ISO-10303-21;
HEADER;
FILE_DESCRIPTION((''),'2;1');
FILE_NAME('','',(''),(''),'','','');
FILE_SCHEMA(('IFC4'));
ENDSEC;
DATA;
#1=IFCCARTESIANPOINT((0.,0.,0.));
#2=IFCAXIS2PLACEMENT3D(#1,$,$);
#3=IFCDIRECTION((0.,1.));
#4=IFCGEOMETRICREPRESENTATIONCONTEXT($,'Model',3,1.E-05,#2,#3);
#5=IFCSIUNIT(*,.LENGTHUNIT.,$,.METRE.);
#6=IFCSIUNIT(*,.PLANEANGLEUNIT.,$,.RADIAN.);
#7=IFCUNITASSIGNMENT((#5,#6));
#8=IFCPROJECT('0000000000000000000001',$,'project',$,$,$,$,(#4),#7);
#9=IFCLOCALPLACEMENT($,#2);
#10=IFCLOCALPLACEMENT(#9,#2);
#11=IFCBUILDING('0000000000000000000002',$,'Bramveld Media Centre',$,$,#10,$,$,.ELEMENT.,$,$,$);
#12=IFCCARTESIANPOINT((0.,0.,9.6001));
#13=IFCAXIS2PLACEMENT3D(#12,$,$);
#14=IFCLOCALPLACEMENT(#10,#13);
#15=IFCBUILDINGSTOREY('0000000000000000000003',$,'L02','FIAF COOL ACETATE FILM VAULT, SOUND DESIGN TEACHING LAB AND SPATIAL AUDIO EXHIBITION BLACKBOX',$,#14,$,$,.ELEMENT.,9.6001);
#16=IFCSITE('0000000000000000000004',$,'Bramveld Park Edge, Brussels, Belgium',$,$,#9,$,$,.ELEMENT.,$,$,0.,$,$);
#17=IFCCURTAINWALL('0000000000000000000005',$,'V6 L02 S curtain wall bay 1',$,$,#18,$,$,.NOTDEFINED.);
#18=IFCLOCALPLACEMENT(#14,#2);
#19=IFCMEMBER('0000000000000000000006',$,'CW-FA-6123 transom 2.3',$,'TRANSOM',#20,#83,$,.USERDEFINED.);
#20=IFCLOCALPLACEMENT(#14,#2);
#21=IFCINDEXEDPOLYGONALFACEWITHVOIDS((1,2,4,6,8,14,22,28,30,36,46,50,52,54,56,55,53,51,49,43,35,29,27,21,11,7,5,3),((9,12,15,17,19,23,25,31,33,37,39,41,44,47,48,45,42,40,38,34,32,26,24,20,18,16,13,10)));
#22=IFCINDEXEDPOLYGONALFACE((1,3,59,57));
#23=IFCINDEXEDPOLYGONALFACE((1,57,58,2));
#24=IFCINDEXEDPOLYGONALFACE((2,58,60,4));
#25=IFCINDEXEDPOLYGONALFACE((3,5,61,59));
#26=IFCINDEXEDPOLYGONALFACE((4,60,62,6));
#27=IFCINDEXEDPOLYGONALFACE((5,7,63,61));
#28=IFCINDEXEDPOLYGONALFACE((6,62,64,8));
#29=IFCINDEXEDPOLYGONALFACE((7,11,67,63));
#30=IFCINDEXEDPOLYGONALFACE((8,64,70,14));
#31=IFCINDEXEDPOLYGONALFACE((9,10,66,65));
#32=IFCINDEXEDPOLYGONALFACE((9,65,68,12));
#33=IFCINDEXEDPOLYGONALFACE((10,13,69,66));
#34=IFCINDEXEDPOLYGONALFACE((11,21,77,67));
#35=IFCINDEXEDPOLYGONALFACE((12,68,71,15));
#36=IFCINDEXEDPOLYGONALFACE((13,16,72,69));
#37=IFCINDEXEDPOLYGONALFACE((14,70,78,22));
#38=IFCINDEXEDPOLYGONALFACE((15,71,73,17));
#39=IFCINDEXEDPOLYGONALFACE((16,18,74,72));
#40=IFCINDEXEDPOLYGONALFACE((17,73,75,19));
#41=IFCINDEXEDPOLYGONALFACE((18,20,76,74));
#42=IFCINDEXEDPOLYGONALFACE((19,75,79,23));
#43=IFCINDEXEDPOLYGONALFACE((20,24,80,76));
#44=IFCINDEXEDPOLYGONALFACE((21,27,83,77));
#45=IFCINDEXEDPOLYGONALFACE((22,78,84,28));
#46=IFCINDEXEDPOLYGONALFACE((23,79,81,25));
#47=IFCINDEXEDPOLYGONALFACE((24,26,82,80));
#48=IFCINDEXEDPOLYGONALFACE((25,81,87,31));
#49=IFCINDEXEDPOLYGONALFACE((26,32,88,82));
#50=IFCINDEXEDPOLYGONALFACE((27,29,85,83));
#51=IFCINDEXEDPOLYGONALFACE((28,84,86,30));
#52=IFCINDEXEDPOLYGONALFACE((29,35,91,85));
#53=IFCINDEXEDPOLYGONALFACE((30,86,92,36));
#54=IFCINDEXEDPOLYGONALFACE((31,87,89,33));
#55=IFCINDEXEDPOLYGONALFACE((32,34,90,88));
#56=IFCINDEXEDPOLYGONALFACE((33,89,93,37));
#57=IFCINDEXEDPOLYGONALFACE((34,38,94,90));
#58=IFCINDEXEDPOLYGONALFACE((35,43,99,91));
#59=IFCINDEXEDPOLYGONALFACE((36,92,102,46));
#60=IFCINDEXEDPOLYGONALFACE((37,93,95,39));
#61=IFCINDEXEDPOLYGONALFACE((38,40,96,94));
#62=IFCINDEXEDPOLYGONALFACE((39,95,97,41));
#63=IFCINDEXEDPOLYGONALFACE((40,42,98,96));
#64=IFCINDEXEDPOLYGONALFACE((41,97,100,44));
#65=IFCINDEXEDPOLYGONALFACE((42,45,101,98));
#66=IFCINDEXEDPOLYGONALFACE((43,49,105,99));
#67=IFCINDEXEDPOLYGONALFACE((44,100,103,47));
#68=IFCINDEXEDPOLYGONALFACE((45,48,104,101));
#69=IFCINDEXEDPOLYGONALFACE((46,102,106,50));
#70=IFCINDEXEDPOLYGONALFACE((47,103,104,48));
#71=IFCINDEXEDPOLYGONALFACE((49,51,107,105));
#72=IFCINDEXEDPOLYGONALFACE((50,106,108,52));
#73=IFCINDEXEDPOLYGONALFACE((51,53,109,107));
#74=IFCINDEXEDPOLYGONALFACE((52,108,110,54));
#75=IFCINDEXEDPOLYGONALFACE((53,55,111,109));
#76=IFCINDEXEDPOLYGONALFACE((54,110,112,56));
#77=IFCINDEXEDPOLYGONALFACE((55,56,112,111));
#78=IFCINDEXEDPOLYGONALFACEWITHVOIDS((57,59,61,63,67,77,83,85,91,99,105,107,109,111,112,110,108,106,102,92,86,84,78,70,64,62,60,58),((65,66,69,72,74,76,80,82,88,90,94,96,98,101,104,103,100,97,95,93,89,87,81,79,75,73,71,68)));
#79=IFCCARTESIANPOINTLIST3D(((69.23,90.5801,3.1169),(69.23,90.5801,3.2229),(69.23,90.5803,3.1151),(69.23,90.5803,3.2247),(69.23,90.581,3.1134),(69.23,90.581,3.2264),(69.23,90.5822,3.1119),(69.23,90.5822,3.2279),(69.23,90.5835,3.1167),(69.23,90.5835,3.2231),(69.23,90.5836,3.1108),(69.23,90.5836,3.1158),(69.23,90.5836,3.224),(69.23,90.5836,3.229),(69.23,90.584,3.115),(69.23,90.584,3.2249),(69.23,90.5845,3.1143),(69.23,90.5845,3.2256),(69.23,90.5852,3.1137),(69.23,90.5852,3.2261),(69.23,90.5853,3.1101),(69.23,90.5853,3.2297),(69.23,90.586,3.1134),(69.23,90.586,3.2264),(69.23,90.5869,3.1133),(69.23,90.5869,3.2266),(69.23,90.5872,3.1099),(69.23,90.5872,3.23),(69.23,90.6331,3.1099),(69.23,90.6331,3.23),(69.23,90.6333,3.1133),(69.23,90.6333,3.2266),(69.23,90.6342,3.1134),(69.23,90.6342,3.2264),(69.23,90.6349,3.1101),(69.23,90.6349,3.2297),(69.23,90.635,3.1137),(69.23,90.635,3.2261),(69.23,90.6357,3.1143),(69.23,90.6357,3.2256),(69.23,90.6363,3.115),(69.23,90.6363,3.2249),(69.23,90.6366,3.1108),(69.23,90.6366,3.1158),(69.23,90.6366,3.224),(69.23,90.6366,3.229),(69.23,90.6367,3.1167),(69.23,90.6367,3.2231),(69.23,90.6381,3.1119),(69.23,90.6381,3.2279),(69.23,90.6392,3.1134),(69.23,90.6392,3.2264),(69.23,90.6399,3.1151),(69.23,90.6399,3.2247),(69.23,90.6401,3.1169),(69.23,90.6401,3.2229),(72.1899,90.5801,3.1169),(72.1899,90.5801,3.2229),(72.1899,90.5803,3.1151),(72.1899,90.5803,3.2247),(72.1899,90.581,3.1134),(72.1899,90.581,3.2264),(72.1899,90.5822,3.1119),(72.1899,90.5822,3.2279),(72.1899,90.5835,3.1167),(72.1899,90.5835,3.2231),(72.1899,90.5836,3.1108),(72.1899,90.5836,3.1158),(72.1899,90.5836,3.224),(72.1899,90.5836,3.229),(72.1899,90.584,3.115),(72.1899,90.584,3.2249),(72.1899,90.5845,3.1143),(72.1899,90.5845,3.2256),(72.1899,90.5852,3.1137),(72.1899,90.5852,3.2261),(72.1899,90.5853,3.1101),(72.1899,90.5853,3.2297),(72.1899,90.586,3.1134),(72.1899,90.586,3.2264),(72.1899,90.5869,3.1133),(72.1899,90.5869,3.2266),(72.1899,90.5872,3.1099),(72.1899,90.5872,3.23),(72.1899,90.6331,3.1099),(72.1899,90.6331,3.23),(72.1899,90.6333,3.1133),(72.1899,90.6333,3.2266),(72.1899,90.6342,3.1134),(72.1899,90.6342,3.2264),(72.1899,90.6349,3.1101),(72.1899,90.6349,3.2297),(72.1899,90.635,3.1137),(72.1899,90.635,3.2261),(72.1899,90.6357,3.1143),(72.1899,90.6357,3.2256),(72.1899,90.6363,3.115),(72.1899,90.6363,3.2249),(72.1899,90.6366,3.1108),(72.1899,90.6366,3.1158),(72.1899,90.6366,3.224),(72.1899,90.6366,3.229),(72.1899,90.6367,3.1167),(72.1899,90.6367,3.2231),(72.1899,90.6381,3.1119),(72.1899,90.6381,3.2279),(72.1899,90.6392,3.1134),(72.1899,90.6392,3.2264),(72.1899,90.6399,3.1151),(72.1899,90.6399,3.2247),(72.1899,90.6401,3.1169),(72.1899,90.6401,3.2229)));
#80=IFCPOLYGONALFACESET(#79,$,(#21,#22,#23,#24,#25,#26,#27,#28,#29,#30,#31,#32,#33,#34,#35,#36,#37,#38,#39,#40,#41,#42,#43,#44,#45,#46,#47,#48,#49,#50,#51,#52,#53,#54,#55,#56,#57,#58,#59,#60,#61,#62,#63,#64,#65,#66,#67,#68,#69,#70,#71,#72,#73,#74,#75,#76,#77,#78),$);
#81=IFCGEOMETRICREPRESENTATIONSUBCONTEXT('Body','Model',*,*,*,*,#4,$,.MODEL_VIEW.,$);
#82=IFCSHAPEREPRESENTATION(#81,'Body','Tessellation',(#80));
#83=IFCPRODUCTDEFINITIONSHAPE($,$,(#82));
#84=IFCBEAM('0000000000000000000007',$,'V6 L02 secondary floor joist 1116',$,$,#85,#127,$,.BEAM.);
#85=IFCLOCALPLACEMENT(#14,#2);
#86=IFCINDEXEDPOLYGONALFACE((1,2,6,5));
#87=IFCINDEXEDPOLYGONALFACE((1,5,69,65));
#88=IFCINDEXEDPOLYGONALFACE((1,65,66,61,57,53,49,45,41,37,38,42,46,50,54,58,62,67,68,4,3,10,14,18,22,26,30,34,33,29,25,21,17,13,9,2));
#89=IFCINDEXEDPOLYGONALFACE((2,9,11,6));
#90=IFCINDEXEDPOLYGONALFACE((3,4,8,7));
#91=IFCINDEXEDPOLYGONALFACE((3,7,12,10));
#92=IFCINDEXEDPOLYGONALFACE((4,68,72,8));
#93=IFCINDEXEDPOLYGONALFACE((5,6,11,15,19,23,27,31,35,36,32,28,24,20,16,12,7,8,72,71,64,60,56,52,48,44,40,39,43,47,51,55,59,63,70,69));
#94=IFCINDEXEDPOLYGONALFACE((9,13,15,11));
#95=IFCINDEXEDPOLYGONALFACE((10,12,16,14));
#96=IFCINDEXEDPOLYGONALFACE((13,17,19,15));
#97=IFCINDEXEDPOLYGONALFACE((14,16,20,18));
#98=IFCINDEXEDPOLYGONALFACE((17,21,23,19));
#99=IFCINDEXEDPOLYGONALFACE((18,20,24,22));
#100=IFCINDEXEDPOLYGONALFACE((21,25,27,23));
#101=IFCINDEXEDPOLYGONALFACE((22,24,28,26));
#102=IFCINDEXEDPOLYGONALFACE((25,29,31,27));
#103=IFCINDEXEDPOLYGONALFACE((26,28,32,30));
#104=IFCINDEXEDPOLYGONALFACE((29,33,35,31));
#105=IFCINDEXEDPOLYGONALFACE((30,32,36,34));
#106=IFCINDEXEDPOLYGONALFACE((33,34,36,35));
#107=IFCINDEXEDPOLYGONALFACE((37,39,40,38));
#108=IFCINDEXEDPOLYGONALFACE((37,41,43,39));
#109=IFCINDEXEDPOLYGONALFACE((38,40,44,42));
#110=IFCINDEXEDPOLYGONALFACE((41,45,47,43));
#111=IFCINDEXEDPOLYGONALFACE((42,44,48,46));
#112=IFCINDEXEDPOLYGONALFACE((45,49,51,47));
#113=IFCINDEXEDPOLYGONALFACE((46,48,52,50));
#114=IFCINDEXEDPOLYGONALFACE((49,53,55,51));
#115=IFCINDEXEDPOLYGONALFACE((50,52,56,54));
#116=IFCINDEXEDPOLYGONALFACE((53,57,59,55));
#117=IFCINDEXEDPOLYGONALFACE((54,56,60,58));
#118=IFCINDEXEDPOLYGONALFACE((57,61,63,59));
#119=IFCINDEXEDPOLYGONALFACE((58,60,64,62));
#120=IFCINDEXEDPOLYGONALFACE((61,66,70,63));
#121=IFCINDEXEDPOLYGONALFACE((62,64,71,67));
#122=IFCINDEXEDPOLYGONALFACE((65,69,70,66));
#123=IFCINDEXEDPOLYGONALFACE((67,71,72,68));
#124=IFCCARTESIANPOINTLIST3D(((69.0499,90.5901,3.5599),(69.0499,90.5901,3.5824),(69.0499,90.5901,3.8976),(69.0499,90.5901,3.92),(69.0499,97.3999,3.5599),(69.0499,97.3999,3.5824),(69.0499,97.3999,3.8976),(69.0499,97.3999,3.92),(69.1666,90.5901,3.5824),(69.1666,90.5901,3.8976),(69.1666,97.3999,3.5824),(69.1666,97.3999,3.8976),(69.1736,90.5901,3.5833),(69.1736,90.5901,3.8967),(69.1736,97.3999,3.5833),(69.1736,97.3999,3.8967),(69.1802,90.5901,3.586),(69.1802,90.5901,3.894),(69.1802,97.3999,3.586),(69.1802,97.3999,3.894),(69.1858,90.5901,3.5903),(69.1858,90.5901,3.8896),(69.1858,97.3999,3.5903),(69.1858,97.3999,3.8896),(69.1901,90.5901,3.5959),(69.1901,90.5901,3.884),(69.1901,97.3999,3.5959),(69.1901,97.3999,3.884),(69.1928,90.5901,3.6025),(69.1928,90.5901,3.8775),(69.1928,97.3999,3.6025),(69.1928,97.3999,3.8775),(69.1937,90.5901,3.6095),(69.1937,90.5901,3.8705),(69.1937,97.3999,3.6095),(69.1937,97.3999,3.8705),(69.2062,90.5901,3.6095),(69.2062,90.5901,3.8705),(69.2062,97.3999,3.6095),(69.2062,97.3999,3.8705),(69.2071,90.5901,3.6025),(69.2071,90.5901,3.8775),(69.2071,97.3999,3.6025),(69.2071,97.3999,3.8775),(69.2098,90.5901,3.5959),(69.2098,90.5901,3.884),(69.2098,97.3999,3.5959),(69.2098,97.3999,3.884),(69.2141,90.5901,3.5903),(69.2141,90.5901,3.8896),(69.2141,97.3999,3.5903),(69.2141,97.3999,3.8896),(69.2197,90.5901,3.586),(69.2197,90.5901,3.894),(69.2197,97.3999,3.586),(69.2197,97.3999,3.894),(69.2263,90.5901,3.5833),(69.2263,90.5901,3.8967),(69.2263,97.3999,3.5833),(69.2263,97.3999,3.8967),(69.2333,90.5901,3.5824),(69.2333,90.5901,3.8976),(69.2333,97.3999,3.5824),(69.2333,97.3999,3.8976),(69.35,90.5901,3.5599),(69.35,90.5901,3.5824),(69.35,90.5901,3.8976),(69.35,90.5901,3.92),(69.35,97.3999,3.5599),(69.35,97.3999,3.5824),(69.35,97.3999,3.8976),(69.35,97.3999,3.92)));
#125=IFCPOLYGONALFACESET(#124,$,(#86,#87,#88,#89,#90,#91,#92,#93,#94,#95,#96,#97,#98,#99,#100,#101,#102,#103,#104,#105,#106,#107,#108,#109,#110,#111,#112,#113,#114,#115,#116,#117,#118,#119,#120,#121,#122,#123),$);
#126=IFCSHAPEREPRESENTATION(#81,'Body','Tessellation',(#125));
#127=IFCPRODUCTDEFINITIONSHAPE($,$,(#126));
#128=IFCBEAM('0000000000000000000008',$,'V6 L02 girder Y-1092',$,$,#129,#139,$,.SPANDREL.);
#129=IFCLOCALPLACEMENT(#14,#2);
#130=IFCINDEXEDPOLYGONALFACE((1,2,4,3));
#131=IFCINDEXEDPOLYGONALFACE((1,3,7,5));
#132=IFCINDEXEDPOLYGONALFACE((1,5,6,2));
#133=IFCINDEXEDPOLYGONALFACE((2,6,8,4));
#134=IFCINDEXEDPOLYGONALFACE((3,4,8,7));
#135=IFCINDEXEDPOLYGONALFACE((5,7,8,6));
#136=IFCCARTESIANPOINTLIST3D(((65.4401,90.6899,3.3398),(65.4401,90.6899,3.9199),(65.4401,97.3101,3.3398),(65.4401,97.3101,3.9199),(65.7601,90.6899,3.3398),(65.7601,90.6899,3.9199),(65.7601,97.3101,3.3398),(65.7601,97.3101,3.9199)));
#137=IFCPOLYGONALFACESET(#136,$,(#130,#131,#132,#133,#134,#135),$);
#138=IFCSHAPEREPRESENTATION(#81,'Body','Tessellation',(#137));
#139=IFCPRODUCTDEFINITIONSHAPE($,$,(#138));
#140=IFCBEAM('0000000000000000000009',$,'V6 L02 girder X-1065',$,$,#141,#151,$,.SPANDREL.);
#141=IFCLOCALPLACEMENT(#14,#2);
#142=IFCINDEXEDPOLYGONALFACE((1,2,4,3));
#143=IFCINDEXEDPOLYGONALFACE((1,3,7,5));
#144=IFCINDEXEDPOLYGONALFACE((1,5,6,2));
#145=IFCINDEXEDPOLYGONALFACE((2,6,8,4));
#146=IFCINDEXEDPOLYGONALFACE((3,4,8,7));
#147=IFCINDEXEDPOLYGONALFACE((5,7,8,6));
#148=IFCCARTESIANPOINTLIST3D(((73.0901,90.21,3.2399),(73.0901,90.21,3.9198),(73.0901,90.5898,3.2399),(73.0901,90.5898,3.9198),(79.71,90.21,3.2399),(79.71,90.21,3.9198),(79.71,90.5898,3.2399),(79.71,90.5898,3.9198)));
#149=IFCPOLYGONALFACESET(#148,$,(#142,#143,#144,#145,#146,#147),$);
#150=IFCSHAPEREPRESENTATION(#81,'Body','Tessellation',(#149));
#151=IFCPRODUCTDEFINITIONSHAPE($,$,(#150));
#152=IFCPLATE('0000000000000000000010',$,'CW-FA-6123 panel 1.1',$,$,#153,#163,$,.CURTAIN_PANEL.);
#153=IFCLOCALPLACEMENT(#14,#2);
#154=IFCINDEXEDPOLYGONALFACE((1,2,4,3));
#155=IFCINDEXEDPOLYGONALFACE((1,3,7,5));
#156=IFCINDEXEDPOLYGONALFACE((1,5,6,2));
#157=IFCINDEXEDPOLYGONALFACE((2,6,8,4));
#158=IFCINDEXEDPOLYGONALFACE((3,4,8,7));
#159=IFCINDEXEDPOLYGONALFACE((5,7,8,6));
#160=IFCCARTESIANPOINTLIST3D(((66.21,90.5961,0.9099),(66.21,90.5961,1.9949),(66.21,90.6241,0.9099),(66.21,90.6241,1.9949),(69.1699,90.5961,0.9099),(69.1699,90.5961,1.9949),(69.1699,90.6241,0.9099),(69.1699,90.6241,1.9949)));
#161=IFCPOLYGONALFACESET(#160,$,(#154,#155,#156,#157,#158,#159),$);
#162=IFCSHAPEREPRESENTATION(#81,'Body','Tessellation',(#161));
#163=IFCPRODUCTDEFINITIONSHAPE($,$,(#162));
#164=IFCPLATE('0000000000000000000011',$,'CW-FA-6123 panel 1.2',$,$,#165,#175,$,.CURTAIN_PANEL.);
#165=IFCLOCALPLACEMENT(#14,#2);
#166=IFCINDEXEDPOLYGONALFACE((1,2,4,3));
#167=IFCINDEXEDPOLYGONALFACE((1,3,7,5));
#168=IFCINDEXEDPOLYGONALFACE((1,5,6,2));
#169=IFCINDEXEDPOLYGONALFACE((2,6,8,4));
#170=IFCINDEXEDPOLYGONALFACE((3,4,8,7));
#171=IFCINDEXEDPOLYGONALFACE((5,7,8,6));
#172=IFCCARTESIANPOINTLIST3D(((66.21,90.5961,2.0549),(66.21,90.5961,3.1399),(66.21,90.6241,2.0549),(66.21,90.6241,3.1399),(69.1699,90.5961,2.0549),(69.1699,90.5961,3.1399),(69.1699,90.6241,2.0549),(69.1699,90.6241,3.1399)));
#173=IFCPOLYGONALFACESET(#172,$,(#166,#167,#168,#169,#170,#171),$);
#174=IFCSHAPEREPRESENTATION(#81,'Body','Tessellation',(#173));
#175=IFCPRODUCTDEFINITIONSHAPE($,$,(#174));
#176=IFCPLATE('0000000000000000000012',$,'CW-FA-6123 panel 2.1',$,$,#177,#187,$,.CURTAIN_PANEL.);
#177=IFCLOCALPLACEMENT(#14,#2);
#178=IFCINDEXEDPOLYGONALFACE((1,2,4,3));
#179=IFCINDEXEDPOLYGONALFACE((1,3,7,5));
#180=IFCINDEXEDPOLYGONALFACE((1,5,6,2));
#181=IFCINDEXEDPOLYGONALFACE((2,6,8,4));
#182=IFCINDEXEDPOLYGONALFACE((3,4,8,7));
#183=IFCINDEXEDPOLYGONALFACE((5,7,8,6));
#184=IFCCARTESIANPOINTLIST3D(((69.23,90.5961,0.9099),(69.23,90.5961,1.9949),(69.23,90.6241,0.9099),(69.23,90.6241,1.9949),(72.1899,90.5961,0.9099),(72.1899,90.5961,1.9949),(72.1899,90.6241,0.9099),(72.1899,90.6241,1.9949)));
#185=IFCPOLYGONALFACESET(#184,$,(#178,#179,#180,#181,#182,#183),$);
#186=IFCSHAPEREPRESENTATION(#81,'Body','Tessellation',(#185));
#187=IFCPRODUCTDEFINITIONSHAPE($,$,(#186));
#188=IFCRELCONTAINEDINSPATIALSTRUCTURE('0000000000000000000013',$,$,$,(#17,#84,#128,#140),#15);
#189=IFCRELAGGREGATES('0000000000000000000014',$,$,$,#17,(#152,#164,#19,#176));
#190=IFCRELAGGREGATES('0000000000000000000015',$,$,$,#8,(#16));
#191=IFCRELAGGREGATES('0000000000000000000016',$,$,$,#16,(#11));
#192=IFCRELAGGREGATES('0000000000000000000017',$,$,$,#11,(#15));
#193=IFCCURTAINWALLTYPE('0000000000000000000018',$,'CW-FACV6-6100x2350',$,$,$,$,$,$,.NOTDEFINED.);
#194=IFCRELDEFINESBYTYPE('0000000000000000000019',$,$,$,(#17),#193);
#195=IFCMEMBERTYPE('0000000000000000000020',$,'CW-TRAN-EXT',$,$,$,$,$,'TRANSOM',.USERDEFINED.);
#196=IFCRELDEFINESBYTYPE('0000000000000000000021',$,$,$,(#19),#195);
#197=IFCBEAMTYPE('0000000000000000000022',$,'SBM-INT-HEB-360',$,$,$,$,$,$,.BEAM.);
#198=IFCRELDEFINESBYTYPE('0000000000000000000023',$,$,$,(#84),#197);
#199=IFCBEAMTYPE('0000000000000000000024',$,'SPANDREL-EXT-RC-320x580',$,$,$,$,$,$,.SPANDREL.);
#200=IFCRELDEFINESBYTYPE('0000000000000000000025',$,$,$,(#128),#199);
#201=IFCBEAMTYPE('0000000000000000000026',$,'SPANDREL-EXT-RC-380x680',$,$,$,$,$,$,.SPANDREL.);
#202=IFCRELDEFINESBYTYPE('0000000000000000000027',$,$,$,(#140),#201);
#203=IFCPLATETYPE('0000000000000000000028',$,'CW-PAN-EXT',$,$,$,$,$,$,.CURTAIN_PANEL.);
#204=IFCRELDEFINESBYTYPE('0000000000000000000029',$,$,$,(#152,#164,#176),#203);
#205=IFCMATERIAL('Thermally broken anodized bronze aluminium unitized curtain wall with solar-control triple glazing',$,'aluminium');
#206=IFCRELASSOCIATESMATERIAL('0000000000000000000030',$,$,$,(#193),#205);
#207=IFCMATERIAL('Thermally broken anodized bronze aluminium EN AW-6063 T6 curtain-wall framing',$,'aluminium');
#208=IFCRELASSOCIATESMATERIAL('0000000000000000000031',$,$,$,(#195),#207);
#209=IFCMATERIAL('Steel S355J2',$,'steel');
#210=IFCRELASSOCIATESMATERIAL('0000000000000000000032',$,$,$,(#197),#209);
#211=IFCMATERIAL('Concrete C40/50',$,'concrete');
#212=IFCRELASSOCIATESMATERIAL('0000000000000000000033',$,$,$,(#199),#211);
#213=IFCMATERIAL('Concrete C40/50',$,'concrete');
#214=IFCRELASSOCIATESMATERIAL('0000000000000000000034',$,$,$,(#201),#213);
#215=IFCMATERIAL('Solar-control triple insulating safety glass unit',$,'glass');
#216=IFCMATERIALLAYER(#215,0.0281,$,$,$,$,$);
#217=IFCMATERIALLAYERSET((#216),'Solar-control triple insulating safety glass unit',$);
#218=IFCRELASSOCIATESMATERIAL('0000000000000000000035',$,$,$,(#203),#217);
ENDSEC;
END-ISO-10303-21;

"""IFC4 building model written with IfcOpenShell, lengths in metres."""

from ifc_helpers import new_model, si_unit, direction, frame, origin, origin_2d, place, context, subcontext, project, spatial, rectangle, hollow_rectangle, i_section, extrude, material, layer, layer_set, material_profile, profile_set, type_object, element, aggregate, save


model = new_model("IFC4")

# Units and contexts
model_context = context("Model", 3, precision=1e-05, world=origin(), true_north=direction((0.0, 1.0)))
body_context = subcontext(model_context, "Body", "Model", "MODEL_VIEW")
ifc_project = project(units=[si_unit("LENGTHUNIT", "METRE"), si_unit("PLANEANGLEUNIT", "RADIAN")], contexts=[model_context])

# Site, building, storey
site_placement = place(None, origin())
site = spatial("IfcSite", under=ifc_project, at=site_placement, Name="Bramveld Park Edge, Brussels, Belgium", CompositionType="ELEMENT", RefElevation=0.0)
building_placement = place(site_placement, origin())
building = spatial("IfcBuilding", under=site, at=building_placement, Name="Bramveld Media Centre", CompositionType="ELEMENT")
storey_placement = place(building_placement, frame((0.0, 0.0, 9.6001)))
storey = spatial("IfcBuildingStorey", under=building, at=storey_placement, Name="L02", Description="FIAF COOL ACETATE FILM VAULT, SOUND DESIGN TEACHING LAB AND SPATIAL AUDIO EXHIBITION BLACKBOX", CompositionType="ELEMENT", Elevation=9.6001)

# Curtain wall, member
ifc_material_1 = material(Name="Thermally broken anodized bronze aluminium unitized curtain wall with solar-control triple glazing", Category="aluminium")
curtain_wall_type = type_object("IfcCurtainWallType", Name="CW-FACV6-6100x2350", PredefinedType="NOTDEFINED", material=ifc_material_1)
curtain_wall_placement = place(storey_placement, origin())
curtain_wall = element("IfcCurtainWall", 1, at=curtain_wall_placement, inside=storey, type_object=curtain_wall_type, Name="V6 L02 S curtain wall bay 1", PredefinedType="NOTDEFINED")
ifc_material_2 = material(Name="Thermally broken anodized bronze aluminium EN AW-6063 T6 curtain-wall framing", Category="aluminium")
ifc_material_profile_1 = material_profile(ifc_material_2, hollow_rectangle(XDim=0.0601, YDim=0.1201, WallThickness=0.0034, InnerFilletRadius=0.0034, OuterFilletRadius=0.0071, at=origin_2d()), Name="AL-TRAN 60x120")
ifc_profile_set_1 = profile_set([ifc_material_profile_1], Name="Thermally broken anodized bronze aluminium EN AW-6063 T6 curtain-wall framing")
member_type_1 = type_object("IfcMemberType", Name="CW-TRAN-EXT", ElementType="TRANSOM", PredefinedType="USERDEFINED", material=ifc_profile_set_1)
member_1_placement = place(storey_placement, frame((69.23, 90.6101, 3.1699), z_axis=(1.0, 0.0, 0.0), x_axis=(0.0, 1.0, 0.0)))
member_1 = element("IfcMember", 2, at=member_1_placement, type_object=member_type_1, Name="CW-FA-6123 transom 2.3", ObjectType="TRANSOM", PredefinedType="USERDEFINED", context=body_context, shape_type="SweptSolid", body=[
    extrude(hollow_rectangle(XDim=0.0601, YDim=0.1201, WallThickness=0.0034, InnerFilletRadius=0.0034, OuterFilletRadius=0.0071, at=origin_2d()), origin(), (0.0, 0.0, 1.0), 2.96),
])

# Beams
ifc_material_3 = material(Name="Steel S355J2", Category="steel")
ifc_material_profile_2 = material_profile(ifc_material_3, i_section(OverallWidth=0.3, OverallDepth=0.3601, WebThickness=0.0125, FlangeThickness=0.0225, FilletRadius=0.0271, at=origin_2d()), Name="HEB 360")
ifc_profile_set_2 = profile_set([ifc_material_profile_2], Name="Steel S355J2")
beam_type_1 = type_object("IfcBeamType", Name="SBM-INT-HEB-360", PredefinedType="BEAM", material=ifc_profile_set_2)
beam_1_placement = place(storey_placement, frame((69.2, 90.5901, 3.74), z_axis=(0.0, 1.0, 0.0), x_axis=(-1.0, 0.0, 0.0)))
element("IfcBeam", 3, at=beam_1_placement, inside=storey, type_object=beam_type_1, Name="V6 L02 secondary floor joist 1116", PredefinedType="BEAM", context=body_context, shape_type="SweptSolid", body=[
    extrude(i_section(OverallWidth=0.3, OverallDepth=0.3601, WebThickness=0.0125, FlangeThickness=0.0225, FilletRadius=0.0271, at=origin_2d()), origin(), (0.0, 0.0, 1.0), 6.8098),
])
ifc_material_4 = material(Name="Concrete C40/50", Category="concrete")
ifc_material_profile_3 = material_profile(ifc_material_4, rectangle(XDim=0.3201, YDim=0.5801, at=origin_2d()), Name="RC 320x580")
ifc_profile_set_3 = profile_set([ifc_material_profile_3], Name="Concrete C40/50")
beam_type_2 = type_object("IfcBeamType", Name="SPANDREL-EXT-RC-320x580", PredefinedType="SPANDREL", material=ifc_profile_set_3)
beam_2_placement = place(storey_placement, frame((65.6001, 90.6899, 3.6299), z_axis=(0.0, 1.0, 0.0), x_axis=(-1.0, 0.0, 0.0)))
element("IfcBeam", 4, at=beam_2_placement, inside=storey, type_object=beam_type_2, Name="V6 L02 girder Y-1092", PredefinedType="SPANDREL", context=body_context, shape_type="SweptSolid", body=[
    extrude(rectangle(XDim=0.3201, YDim=0.5801, at=origin_2d()), origin(), (0.0, 0.0, 1.0), 6.6201),
])
ifc_material_5 = material(Name="Concrete C40/50", Category="concrete")
ifc_material_profile_4 = material_profile(ifc_material_5, rectangle(XDim=0.3799, YDim=0.6799, at=origin_2d()), Name="RC 380x680")
ifc_profile_set_4 = profile_set([ifc_material_profile_4], Name="Concrete C40/50")
beam_type_3 = type_object("IfcBeamType", Name="SPANDREL-EXT-RC-380x680", PredefinedType="SPANDREL", material=ifc_profile_set_4)
beam_3_placement = place(storey_placement, frame((73.0901, 90.3999, 3.5798), z_axis=(1.0, 0.0, 0.0), x_axis=(0.0, 1.0, 0.0)))
element("IfcBeam", 5, at=beam_3_placement, inside=storey, type_object=beam_type_3, Name="V6 L02 girder X-1065", PredefinedType="SPANDREL", context=body_context, shape_type="SweptSolid", body=[
    extrude(rectangle(XDim=0.3799, YDim=0.6799, at=origin_2d()), origin(), (0.0, 0.0, 1.0), 6.6199),
])

# Plates
ifc_material_6 = material(Name="Solar-control triple insulating safety glass unit", Category="glass")
ifc_layer = layer(ifc_material_6, 0.0281)
ifc_layer_set = layer_set([ifc_layer], Name="Solar-control triple insulating safety glass unit")
plate_type = type_object("IfcPlateType", Name="CW-PAN-EXT", PredefinedType="CURTAIN_PANEL", material=ifc_layer_set)
plate_1_placement = place(storey_placement, frame((67.6899, 90.6101, 0.9099), z_axis=(0.0, 0.0, 1.0), x_axis=(1.0, 0.0, 0.0)))
plate_1 = element("IfcPlate", 6, at=plate_1_placement, type_object=plate_type, Name="CW-FA-6123 panel 1.1", PredefinedType="CURTAIN_PANEL", context=body_context, shape_type="SweptSolid", body=[
    extrude(rectangle(XDim=2.96, YDim=0.0281, at=origin_2d()), origin(), (0.0, 0.0, 1.0), 1.085),
])
plate_2_placement = place(storey_placement, frame((67.6899, 90.6101, 2.0549), z_axis=(0.0, 0.0, 1.0), x_axis=(1.0, 0.0, 0.0)))
plate_2 = element("IfcPlate", 7, at=plate_2_placement, type_object=plate_type, Name="CW-FA-6123 panel 1.2", PredefinedType="CURTAIN_PANEL", context=body_context, shape_type="SweptSolid", body=[
    extrude(rectangle(XDim=2.96, YDim=0.0281, at=origin_2d()), origin(), (0.0, 0.0, 1.0), 1.085),
])
plate_3_placement = place(storey_placement, frame((70.71, 90.6101, 0.9099), z_axis=(0.0, 0.0, 1.0), x_axis=(1.0, 0.0, 0.0)))
plate_3 = element("IfcPlate", 8, at=plate_3_placement, type_object=plate_type, Name="CW-FA-6123 panel 2.1", PredefinedType="CURTAIN_PANEL", context=body_context, shape_type="SweptSolid", body=[
    extrude(rectangle(XDim=2.96, YDim=0.0281, at=origin_2d()), origin(), (0.0, 0.0, 1.0), 1.085),
])
aggregate(curtain_wall, [plate_1, plate_2, member_1, plate_3])

save(model, "model.ifc")
